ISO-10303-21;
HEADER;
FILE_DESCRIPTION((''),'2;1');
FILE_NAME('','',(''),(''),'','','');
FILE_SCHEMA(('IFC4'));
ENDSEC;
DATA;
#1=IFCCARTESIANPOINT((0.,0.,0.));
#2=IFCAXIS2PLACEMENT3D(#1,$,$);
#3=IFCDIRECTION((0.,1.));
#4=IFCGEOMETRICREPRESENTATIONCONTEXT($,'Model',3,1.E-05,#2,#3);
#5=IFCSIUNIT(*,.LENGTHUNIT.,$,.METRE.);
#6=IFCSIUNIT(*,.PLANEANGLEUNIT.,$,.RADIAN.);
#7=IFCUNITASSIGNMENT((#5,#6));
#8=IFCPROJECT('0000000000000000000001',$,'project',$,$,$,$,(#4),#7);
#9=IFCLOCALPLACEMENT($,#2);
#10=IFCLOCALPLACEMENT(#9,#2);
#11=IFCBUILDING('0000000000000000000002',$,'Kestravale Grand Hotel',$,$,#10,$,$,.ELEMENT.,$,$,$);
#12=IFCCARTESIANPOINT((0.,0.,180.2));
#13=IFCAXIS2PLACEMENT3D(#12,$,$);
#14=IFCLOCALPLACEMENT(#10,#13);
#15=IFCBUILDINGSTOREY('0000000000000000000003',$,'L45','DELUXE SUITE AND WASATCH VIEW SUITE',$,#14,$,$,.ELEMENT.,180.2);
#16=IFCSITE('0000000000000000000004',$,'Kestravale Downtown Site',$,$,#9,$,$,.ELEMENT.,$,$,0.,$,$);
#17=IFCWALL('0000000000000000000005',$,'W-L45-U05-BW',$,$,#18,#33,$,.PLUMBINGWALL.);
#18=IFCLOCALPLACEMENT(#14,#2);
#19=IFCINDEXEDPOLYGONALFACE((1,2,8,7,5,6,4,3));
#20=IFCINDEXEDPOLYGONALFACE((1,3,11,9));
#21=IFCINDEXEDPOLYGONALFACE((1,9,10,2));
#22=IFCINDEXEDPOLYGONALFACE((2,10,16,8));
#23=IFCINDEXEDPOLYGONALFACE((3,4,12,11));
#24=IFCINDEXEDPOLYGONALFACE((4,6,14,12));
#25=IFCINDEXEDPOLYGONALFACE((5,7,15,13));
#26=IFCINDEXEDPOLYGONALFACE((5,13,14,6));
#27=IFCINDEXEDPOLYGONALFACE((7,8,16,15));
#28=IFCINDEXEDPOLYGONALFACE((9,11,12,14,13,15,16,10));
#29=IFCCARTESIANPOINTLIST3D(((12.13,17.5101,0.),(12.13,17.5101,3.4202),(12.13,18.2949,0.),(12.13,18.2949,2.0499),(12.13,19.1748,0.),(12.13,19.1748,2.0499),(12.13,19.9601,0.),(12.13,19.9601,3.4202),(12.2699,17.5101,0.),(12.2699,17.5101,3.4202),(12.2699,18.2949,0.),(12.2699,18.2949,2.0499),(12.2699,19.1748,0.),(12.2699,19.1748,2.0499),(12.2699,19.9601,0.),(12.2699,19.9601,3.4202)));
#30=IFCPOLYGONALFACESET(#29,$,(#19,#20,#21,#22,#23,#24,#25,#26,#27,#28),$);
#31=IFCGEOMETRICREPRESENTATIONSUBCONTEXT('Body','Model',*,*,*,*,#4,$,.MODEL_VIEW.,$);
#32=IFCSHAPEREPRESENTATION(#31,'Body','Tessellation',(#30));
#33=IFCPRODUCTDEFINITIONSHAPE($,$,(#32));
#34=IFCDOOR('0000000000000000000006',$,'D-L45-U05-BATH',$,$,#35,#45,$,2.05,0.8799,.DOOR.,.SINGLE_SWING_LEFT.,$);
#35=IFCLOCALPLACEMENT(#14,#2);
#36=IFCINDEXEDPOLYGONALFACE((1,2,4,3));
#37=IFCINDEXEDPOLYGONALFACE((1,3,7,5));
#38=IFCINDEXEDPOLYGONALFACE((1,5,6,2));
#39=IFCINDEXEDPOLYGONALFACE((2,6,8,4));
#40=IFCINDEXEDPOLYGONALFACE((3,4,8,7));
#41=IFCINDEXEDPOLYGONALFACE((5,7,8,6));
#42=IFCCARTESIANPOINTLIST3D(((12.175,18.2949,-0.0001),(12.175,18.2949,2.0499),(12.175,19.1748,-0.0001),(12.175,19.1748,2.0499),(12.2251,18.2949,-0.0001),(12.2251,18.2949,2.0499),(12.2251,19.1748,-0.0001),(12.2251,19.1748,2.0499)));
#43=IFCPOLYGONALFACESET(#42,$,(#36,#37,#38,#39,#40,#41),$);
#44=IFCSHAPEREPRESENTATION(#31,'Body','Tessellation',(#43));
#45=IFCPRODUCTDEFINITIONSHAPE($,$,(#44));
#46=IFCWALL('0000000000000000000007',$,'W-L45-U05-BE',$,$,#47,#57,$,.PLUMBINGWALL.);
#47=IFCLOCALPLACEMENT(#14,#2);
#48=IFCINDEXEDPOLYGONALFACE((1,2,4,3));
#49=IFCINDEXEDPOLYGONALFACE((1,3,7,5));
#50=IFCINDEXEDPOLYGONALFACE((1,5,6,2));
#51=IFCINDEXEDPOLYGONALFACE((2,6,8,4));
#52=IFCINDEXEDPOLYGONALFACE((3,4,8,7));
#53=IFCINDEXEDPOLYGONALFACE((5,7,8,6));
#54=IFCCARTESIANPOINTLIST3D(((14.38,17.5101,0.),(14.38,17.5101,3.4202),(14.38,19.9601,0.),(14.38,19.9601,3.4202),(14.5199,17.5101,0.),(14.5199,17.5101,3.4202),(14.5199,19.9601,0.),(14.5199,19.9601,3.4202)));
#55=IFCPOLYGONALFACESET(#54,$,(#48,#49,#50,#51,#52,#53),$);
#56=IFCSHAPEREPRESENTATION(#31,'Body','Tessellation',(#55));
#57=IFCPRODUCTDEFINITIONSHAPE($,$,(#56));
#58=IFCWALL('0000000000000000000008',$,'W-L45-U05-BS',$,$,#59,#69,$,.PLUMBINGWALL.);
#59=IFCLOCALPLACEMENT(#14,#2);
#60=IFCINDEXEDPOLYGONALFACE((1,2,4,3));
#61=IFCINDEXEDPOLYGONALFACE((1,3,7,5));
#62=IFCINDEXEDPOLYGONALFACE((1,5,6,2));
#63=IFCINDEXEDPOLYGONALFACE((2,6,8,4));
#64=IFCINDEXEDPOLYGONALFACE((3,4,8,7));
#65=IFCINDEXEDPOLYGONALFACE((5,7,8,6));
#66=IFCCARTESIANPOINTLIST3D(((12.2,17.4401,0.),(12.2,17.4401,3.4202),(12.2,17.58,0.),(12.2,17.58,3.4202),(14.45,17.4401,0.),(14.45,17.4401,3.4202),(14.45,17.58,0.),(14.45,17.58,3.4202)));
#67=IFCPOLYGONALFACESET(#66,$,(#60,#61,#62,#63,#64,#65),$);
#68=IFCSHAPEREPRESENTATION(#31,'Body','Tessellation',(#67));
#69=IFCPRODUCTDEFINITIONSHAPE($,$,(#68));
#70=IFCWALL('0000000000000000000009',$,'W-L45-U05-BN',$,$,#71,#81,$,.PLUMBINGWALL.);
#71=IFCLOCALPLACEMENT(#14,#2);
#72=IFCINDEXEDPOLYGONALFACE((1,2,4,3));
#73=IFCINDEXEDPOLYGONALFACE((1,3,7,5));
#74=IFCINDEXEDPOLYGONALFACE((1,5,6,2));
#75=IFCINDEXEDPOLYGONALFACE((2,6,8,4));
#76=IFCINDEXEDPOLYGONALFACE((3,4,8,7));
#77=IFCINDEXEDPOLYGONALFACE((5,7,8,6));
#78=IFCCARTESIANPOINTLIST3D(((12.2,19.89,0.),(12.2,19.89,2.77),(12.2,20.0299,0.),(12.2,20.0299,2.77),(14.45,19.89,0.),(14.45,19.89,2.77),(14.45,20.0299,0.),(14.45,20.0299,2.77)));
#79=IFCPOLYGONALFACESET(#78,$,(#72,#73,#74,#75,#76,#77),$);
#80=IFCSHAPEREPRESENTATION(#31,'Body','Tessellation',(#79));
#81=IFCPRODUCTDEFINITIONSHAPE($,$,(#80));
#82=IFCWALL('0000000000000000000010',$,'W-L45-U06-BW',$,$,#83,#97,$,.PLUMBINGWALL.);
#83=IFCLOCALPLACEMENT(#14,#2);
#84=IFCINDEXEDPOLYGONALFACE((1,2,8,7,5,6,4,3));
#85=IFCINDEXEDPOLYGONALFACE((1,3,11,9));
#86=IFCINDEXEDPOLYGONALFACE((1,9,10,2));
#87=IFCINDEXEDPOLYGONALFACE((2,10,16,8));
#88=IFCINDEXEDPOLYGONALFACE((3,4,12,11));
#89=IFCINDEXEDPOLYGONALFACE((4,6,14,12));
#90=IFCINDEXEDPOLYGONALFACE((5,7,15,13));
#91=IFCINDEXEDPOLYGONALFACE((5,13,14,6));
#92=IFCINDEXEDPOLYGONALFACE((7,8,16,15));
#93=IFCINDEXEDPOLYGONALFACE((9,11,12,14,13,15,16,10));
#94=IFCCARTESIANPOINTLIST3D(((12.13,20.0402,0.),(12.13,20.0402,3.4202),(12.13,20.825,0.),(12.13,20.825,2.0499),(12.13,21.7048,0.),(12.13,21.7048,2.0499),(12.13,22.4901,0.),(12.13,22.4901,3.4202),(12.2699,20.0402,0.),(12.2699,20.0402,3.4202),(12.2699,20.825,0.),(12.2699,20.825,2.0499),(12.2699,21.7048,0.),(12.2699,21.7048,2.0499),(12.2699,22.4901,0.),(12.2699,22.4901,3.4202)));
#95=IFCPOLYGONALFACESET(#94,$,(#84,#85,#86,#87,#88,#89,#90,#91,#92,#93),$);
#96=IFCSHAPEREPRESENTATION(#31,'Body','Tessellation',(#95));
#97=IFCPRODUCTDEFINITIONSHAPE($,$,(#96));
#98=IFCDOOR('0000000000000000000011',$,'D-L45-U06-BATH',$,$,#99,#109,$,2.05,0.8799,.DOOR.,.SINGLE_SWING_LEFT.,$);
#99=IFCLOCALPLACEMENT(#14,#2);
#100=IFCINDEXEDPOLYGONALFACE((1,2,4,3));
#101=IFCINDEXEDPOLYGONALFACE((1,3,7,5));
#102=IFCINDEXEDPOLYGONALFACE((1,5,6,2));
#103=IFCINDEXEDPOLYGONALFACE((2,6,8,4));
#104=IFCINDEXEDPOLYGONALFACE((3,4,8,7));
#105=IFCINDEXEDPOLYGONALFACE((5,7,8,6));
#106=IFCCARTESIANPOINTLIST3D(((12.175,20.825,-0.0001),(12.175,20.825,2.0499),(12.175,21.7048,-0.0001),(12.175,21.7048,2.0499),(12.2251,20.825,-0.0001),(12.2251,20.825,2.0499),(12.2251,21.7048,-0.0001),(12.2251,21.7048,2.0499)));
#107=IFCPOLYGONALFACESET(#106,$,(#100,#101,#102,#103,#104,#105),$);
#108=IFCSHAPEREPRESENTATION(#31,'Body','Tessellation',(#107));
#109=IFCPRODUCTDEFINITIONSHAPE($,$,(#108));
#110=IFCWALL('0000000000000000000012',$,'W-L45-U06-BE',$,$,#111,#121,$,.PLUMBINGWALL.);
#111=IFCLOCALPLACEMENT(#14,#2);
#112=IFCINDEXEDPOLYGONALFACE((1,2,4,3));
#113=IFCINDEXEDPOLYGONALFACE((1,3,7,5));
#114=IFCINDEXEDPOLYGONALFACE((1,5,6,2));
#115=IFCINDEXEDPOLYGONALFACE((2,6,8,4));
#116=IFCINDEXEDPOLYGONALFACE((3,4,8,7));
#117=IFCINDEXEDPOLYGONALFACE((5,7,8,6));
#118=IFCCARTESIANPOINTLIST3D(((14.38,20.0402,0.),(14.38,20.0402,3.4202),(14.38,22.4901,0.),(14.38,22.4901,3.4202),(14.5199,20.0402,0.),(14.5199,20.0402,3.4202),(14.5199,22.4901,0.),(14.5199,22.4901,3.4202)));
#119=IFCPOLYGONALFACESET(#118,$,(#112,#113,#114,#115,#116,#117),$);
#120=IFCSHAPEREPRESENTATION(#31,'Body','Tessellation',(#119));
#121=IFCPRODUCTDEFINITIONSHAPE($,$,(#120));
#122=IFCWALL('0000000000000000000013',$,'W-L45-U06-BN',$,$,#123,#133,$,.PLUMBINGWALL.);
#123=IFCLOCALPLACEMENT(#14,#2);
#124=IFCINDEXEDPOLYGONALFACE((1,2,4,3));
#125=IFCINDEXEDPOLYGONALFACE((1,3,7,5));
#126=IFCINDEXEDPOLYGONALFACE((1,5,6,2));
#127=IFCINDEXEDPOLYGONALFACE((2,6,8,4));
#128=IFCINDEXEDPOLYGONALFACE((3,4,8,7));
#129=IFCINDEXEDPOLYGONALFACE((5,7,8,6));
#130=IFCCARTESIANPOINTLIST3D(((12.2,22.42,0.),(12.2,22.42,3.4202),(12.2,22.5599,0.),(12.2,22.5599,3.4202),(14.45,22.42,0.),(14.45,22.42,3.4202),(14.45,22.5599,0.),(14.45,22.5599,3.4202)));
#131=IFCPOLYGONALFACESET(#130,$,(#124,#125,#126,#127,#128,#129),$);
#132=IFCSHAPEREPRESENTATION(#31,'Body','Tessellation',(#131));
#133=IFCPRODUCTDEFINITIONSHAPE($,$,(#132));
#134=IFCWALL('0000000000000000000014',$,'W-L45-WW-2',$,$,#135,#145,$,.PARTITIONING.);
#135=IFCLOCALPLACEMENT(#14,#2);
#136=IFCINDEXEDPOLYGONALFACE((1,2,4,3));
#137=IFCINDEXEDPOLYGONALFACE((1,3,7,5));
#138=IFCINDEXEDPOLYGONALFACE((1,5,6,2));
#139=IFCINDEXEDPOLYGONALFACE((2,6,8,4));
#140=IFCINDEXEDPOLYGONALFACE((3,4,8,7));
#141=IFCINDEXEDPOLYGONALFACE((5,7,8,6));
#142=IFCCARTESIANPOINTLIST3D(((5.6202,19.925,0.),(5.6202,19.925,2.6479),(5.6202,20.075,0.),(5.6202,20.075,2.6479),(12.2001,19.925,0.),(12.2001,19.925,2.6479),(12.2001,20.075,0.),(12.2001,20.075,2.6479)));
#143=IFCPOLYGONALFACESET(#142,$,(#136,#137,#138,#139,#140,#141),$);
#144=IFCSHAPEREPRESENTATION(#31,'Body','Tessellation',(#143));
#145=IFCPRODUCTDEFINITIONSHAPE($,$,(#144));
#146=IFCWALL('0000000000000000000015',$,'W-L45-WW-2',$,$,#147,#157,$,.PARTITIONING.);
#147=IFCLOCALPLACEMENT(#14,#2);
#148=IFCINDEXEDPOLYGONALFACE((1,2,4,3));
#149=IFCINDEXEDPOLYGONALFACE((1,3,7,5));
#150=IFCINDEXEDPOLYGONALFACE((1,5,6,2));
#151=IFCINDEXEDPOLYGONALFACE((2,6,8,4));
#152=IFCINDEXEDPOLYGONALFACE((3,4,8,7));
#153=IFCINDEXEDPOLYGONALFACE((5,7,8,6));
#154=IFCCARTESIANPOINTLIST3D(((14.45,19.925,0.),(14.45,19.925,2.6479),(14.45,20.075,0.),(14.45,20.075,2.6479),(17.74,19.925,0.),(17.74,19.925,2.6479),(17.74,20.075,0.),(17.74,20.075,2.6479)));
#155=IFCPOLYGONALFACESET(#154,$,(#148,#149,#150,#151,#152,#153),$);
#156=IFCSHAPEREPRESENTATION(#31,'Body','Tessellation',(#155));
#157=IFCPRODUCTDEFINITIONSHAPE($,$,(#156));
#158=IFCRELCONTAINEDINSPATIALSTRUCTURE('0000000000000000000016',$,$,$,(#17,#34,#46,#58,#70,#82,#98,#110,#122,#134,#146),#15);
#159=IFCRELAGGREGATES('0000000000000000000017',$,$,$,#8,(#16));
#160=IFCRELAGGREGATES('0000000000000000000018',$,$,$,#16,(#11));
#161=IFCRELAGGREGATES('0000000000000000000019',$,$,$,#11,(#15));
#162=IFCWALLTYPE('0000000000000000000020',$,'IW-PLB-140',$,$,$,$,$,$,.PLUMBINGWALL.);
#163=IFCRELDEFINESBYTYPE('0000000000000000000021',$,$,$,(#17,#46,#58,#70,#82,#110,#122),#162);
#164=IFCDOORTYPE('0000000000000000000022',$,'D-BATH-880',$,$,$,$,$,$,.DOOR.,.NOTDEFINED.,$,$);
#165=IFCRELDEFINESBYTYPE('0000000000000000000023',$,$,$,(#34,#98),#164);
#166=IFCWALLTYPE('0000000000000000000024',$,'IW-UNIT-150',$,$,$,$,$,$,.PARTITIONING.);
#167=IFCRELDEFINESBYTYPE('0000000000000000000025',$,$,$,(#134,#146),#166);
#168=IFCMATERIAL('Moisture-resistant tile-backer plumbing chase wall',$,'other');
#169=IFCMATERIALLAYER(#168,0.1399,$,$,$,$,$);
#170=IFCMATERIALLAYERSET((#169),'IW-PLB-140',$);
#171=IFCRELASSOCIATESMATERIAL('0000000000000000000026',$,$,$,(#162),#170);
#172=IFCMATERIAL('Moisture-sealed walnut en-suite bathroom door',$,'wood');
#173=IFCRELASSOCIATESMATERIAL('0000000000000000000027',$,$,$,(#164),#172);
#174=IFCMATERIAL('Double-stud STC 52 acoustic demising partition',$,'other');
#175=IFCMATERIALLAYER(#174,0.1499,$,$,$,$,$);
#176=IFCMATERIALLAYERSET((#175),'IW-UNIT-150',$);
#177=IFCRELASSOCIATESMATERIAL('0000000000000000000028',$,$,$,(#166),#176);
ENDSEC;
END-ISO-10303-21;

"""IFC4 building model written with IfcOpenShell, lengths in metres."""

from ifc_helpers import new_model, si_unit, direction, frame, frame_2d, origin, place, context, subcontext, project, spatial, rectangle, extrude, material, layer, layer_set, type_object, element, fill, save


model = new_model("IFC4")

# Units and contexts
model_context = context("Model", 3, precision=1e-05, world=origin(), true_north=direction((0.0, 1.0)))
body_context = subcontext(model_context, "Body", "Model", "MODEL_VIEW")
ifc_project = project(units=[si_unit("LENGTHUNIT", "METRE"), si_unit("PLANEANGLEUNIT", "RADIAN")], contexts=[model_context])

# Site, building, storey
site_placement = place(None, origin())
site = spatial("IfcSite", under=ifc_project, at=site_placement, Name="Kestravale Downtown Site", CompositionType="ELEMENT", RefElevation=0.0)
building_placement = place(site_placement, origin())
building = spatial("IfcBuilding", under=site, at=building_placement, Name="Kestravale Grand Hotel", CompositionType="ELEMENT")
storey_placement = place(building_placement, frame((0.0, 0.0, 180.2)))
storey = spatial("IfcBuildingStorey", under=building, at=storey_placement, Name="L45", Description="DELUXE SUITE AND WASATCH VIEW SUITE", CompositionType="ELEMENT", Elevation=180.2)

# Wall, opening, door
ifc_material_1 = material(Name="Moisture-resistant tile-backer plumbing chase wall", Category="other")
ifc_layer_1 = layer(ifc_material_1, 0.1399)
ifc_layer_set_1 = layer_set([ifc_layer_1], Name="IW-PLB-140")
wall_type_1 = type_object("IfcWallType", Name="IW-PLB-140", PredefinedType="PLUMBINGWALL", material=ifc_layer_set_1)
wall_1_placement = place(storey_placement, frame((12.2, 17.51, 0.0), z_axis=(0.0, 0.0, 1.0), x_axis=(0.0, 1.0, 0.0)))
wall_1 = element("IfcWall", 1, at=wall_1_placement, inside=storey, type_object=wall_type_1, Name="W-L45-U05-BW", PredefinedType="PLUMBINGWALL", context=body_context, shape_type="SweptSolid", body=[
    extrude(rectangle(XDim=2.45, YDim=0.1399, at=frame_2d((1.2251, 0.0))), origin(), (0.0, 0.0, 1.0), 3.4202),
])
opening_1_placement = place(wall_1_placement, frame((0.7849, 0.0, 0.0)))
opening_1 = element("IfcOpeningElement", 2, at=opening_1_placement, cuts=wall_1, PredefinedType="OPENING", context=body_context, shape_type="SweptSolid", body=[
    extrude(rectangle(XDim=0.8799, YDim=2.05, at=frame_2d((0.4399, 1.0249))), frame((0.0, 0.0798, 0.0), z_axis=(0.0, -1.0, 0.0), x_axis=(1.0, 0.0, 0.0)), (0.0, 0.0, 1.0), 0.1599),
])
ifc_material_2 = material(Name="Moisture-sealed walnut en-suite bathroom door", Category="wood")
door_type = type_object("IfcDoorType", Name="D-BATH-880", OperationType="NOTDEFINED", PredefinedType="DOOR", material=ifc_material_2)
door_1_placement = place(opening_1_placement, origin())
door_1 = element("IfcDoor", 3, at=door_1_placement, inside=storey, type_object=door_type, Name="D-L45-U05-BATH", OperationType="SINGLE_SWING_LEFT", OverallHeight=2.05, OverallWidth=0.8799, PredefinedType="DOOR", context=body_context, shape_type="SweptSolid", body=[
    extrude(rectangle(XDim=0.8799, YDim=2.05, at=frame_2d((0.4399, 1.0249))), frame((0.0, 0.0249, 0.0), z_axis=(0.0, -1.0, 0.0), x_axis=(1.0, 0.0, 0.0)), (0.0, 0.0, 1.0), 0.05),
])
fill(opening_1, door_1)

# Walls
wall_2_placement = place(storey_placement, frame((14.45, 17.51, 0.0), z_axis=(0.0, 0.0, 1.0), x_axis=(0.0, 1.0, 0.0)))
element("IfcWall", 4, at=wall_2_placement, inside=storey, type_object=wall_type_1, Name="W-L45-U05-BE", PredefinedType="PLUMBINGWALL", context=body_context, shape_type="SweptSolid", body=[
    extrude(rectangle(XDim=2.45, YDim=0.1399, at=frame_2d((1.2251, 0.0))), origin(), (0.0, 0.0, 1.0), 3.4202),
])
wall_3_placement = place(storey_placement, frame((12.2, 17.51, 0.0), z_axis=(0.0, 0.0, 1.0), x_axis=(1.0, 0.0, 0.0)))
element("IfcWall", 5, at=wall_3_placement, inside=storey, type_object=wall_type_1, Name="W-L45-U05-BS", PredefinedType="PLUMBINGWALL", context=body_context, shape_type="SweptSolid", body=[
    extrude(rectangle(XDim=2.25, YDim=0.1399, at=frame_2d((1.125, 0.0))), origin(), (0.0, 0.0, 1.0), 3.4202),
])
wall_4_placement = place(storey_placement, frame((12.2, 19.96, 0.0), z_axis=(0.0, 0.0, 1.0), x_axis=(1.0, 0.0, 0.0)))
element("IfcWall", 6, at=wall_4_placement, inside=storey, type_object=wall_type_1, Name="W-L45-U05-BN", PredefinedType="PLUMBINGWALL", context=body_context, shape_type="SweptSolid", body=[
    extrude(rectangle(XDim=2.25, YDim=0.1399, at=frame_2d((1.125, 0.0))), origin(), (0.0, 0.0, 1.0), 2.77),
])

# Wall, opening, door
wall_5_placement = place(storey_placement, frame((12.2, 20.04, 0.0), z_axis=(0.0, 0.0, 1.0), x_axis=(0.0, 1.0, 0.0)))
wall_5 = element("IfcWall", 7, at=wall_5_placement, inside=storey, type_object=wall_type_1, Name="W-L45-U06-BW", PredefinedType="PLUMBINGWALL", context=body_context, shape_type="SweptSolid", body=[
    extrude(rectangle(XDim=2.45, YDim=0.1399, at=frame_2d((1.2251, 0.0))), origin(), (0.0, 0.0, 1.0), 3.4202),
])
opening_2_placement = place(wall_5_placement, frame((0.7849, 0.0, 0.0)))
opening_2 = element("IfcOpeningElement", 8, at=opening_2_placement, cuts=wall_5, PredefinedType="OPENING", context=body_context, shape_type="SweptSolid", body=[
    extrude(rectangle(XDim=0.8799, YDim=2.05, at=frame_2d((0.4399, 1.0249))), frame((0.0, 0.0798, 0.0), z_axis=(0.0, -1.0, 0.0), x_axis=(1.0, 0.0, 0.0)), (0.0, 0.0, 1.0), 0.1599),
])
door_2_placement = place(opening_2_placement, origin())
door_2 = element("IfcDoor", 9, at=door_2_placement, inside=storey, type_object=door_type, Name="D-L45-U06-BATH", OperationType="SINGLE_SWING_LEFT", OverallHeight=2.05, OverallWidth=0.8799, PredefinedType="DOOR", context=body_context, shape_type="SweptSolid", body=[
    extrude(rectangle(XDim=0.8799, YDim=2.05, at=frame_2d((0.4399, 1.0249))), frame((0.0, 0.0249, 0.0), z_axis=(0.0, -1.0, 0.0), x_axis=(1.0, 0.0, 0.0)), (0.0, 0.0, 1.0), 0.05),
])
fill(opening_2, door_2)

# Walls
wall_6_placement = place(storey_placement, frame((14.45, 20.04, 0.0), z_axis=(0.0, 0.0, 1.0), x_axis=(0.0, 1.0, 0.0)))
element("IfcWall", 10, at=wall_6_placement, inside=storey, type_object=wall_type_1, Name="W-L45-U06-BE", PredefinedType="PLUMBINGWALL", context=body_context, shape_type="SweptSolid", body=[
    extrude(rectangle(XDim=2.45, YDim=0.1399, at=frame_2d((1.2251, 0.0))), origin(), (0.0, 0.0, 1.0), 3.4202),
])
wall_7_placement = place(storey_placement, frame((12.2, 22.49, 0.0), z_axis=(0.0, 0.0, 1.0), x_axis=(1.0, 0.0, 0.0)))
element("IfcWall", 11, at=wall_7_placement, inside=storey, type_object=wall_type_1, Name="W-L45-U06-BN", PredefinedType="PLUMBINGWALL", context=body_context, shape_type="SweptSolid", body=[
    extrude(rectangle(XDim=2.25, YDim=0.1399, at=frame_2d((1.125, 0.0))), origin(), (0.0, 0.0, 1.0), 3.4202),
])
ifc_material_3 = material(Name="Double-stud STC 52 acoustic demising partition", Category="other")
ifc_layer_2 = layer(ifc_material_3, 0.1499)
ifc_layer_set_2 = layer_set([ifc_layer_2], Name="IW-UNIT-150")
wall_type_2 = type_object("IfcWallType", Name="IW-UNIT-150", PredefinedType="PARTITIONING", material=ifc_layer_set_2)
wall_8_placement = place(storey_placement, frame((5.6201, 20.0, 0.0), z_axis=(0.0, 0.0, 1.0), x_axis=(1.0, 0.0, 0.0)))
element("IfcWall", 12, at=wall_8_placement, inside=storey, type_object=wall_type_2, Name="W-L45-WW-2", PredefinedType="PARTITIONING", context=body_context, shape_type="SweptSolid", body=[
    extrude(rectangle(XDim=6.5798, YDim=0.1499, at=frame_2d((3.29, 0.0))), origin(), (0.0, 0.0, 1.0), 2.6479),
])
wall_9_placement = place(storey_placement, frame((14.45, 20.0, 0.0), z_axis=(0.0, 0.0, 1.0), x_axis=(1.0, 0.0, 0.0)))
element("IfcWall", 13, at=wall_9_placement, inside=storey, type_object=wall_type_2, Name="W-L45-WW-2", PredefinedType="PARTITIONING", context=body_context, shape_type="SweptSolid", body=[
    extrude(rectangle(XDim=3.29, YDim=0.1499, at=frame_2d((1.645, 0.0))), origin(), (0.0, 0.0, 1.0), 2.6479),
])

save(model, "model.ifc")
